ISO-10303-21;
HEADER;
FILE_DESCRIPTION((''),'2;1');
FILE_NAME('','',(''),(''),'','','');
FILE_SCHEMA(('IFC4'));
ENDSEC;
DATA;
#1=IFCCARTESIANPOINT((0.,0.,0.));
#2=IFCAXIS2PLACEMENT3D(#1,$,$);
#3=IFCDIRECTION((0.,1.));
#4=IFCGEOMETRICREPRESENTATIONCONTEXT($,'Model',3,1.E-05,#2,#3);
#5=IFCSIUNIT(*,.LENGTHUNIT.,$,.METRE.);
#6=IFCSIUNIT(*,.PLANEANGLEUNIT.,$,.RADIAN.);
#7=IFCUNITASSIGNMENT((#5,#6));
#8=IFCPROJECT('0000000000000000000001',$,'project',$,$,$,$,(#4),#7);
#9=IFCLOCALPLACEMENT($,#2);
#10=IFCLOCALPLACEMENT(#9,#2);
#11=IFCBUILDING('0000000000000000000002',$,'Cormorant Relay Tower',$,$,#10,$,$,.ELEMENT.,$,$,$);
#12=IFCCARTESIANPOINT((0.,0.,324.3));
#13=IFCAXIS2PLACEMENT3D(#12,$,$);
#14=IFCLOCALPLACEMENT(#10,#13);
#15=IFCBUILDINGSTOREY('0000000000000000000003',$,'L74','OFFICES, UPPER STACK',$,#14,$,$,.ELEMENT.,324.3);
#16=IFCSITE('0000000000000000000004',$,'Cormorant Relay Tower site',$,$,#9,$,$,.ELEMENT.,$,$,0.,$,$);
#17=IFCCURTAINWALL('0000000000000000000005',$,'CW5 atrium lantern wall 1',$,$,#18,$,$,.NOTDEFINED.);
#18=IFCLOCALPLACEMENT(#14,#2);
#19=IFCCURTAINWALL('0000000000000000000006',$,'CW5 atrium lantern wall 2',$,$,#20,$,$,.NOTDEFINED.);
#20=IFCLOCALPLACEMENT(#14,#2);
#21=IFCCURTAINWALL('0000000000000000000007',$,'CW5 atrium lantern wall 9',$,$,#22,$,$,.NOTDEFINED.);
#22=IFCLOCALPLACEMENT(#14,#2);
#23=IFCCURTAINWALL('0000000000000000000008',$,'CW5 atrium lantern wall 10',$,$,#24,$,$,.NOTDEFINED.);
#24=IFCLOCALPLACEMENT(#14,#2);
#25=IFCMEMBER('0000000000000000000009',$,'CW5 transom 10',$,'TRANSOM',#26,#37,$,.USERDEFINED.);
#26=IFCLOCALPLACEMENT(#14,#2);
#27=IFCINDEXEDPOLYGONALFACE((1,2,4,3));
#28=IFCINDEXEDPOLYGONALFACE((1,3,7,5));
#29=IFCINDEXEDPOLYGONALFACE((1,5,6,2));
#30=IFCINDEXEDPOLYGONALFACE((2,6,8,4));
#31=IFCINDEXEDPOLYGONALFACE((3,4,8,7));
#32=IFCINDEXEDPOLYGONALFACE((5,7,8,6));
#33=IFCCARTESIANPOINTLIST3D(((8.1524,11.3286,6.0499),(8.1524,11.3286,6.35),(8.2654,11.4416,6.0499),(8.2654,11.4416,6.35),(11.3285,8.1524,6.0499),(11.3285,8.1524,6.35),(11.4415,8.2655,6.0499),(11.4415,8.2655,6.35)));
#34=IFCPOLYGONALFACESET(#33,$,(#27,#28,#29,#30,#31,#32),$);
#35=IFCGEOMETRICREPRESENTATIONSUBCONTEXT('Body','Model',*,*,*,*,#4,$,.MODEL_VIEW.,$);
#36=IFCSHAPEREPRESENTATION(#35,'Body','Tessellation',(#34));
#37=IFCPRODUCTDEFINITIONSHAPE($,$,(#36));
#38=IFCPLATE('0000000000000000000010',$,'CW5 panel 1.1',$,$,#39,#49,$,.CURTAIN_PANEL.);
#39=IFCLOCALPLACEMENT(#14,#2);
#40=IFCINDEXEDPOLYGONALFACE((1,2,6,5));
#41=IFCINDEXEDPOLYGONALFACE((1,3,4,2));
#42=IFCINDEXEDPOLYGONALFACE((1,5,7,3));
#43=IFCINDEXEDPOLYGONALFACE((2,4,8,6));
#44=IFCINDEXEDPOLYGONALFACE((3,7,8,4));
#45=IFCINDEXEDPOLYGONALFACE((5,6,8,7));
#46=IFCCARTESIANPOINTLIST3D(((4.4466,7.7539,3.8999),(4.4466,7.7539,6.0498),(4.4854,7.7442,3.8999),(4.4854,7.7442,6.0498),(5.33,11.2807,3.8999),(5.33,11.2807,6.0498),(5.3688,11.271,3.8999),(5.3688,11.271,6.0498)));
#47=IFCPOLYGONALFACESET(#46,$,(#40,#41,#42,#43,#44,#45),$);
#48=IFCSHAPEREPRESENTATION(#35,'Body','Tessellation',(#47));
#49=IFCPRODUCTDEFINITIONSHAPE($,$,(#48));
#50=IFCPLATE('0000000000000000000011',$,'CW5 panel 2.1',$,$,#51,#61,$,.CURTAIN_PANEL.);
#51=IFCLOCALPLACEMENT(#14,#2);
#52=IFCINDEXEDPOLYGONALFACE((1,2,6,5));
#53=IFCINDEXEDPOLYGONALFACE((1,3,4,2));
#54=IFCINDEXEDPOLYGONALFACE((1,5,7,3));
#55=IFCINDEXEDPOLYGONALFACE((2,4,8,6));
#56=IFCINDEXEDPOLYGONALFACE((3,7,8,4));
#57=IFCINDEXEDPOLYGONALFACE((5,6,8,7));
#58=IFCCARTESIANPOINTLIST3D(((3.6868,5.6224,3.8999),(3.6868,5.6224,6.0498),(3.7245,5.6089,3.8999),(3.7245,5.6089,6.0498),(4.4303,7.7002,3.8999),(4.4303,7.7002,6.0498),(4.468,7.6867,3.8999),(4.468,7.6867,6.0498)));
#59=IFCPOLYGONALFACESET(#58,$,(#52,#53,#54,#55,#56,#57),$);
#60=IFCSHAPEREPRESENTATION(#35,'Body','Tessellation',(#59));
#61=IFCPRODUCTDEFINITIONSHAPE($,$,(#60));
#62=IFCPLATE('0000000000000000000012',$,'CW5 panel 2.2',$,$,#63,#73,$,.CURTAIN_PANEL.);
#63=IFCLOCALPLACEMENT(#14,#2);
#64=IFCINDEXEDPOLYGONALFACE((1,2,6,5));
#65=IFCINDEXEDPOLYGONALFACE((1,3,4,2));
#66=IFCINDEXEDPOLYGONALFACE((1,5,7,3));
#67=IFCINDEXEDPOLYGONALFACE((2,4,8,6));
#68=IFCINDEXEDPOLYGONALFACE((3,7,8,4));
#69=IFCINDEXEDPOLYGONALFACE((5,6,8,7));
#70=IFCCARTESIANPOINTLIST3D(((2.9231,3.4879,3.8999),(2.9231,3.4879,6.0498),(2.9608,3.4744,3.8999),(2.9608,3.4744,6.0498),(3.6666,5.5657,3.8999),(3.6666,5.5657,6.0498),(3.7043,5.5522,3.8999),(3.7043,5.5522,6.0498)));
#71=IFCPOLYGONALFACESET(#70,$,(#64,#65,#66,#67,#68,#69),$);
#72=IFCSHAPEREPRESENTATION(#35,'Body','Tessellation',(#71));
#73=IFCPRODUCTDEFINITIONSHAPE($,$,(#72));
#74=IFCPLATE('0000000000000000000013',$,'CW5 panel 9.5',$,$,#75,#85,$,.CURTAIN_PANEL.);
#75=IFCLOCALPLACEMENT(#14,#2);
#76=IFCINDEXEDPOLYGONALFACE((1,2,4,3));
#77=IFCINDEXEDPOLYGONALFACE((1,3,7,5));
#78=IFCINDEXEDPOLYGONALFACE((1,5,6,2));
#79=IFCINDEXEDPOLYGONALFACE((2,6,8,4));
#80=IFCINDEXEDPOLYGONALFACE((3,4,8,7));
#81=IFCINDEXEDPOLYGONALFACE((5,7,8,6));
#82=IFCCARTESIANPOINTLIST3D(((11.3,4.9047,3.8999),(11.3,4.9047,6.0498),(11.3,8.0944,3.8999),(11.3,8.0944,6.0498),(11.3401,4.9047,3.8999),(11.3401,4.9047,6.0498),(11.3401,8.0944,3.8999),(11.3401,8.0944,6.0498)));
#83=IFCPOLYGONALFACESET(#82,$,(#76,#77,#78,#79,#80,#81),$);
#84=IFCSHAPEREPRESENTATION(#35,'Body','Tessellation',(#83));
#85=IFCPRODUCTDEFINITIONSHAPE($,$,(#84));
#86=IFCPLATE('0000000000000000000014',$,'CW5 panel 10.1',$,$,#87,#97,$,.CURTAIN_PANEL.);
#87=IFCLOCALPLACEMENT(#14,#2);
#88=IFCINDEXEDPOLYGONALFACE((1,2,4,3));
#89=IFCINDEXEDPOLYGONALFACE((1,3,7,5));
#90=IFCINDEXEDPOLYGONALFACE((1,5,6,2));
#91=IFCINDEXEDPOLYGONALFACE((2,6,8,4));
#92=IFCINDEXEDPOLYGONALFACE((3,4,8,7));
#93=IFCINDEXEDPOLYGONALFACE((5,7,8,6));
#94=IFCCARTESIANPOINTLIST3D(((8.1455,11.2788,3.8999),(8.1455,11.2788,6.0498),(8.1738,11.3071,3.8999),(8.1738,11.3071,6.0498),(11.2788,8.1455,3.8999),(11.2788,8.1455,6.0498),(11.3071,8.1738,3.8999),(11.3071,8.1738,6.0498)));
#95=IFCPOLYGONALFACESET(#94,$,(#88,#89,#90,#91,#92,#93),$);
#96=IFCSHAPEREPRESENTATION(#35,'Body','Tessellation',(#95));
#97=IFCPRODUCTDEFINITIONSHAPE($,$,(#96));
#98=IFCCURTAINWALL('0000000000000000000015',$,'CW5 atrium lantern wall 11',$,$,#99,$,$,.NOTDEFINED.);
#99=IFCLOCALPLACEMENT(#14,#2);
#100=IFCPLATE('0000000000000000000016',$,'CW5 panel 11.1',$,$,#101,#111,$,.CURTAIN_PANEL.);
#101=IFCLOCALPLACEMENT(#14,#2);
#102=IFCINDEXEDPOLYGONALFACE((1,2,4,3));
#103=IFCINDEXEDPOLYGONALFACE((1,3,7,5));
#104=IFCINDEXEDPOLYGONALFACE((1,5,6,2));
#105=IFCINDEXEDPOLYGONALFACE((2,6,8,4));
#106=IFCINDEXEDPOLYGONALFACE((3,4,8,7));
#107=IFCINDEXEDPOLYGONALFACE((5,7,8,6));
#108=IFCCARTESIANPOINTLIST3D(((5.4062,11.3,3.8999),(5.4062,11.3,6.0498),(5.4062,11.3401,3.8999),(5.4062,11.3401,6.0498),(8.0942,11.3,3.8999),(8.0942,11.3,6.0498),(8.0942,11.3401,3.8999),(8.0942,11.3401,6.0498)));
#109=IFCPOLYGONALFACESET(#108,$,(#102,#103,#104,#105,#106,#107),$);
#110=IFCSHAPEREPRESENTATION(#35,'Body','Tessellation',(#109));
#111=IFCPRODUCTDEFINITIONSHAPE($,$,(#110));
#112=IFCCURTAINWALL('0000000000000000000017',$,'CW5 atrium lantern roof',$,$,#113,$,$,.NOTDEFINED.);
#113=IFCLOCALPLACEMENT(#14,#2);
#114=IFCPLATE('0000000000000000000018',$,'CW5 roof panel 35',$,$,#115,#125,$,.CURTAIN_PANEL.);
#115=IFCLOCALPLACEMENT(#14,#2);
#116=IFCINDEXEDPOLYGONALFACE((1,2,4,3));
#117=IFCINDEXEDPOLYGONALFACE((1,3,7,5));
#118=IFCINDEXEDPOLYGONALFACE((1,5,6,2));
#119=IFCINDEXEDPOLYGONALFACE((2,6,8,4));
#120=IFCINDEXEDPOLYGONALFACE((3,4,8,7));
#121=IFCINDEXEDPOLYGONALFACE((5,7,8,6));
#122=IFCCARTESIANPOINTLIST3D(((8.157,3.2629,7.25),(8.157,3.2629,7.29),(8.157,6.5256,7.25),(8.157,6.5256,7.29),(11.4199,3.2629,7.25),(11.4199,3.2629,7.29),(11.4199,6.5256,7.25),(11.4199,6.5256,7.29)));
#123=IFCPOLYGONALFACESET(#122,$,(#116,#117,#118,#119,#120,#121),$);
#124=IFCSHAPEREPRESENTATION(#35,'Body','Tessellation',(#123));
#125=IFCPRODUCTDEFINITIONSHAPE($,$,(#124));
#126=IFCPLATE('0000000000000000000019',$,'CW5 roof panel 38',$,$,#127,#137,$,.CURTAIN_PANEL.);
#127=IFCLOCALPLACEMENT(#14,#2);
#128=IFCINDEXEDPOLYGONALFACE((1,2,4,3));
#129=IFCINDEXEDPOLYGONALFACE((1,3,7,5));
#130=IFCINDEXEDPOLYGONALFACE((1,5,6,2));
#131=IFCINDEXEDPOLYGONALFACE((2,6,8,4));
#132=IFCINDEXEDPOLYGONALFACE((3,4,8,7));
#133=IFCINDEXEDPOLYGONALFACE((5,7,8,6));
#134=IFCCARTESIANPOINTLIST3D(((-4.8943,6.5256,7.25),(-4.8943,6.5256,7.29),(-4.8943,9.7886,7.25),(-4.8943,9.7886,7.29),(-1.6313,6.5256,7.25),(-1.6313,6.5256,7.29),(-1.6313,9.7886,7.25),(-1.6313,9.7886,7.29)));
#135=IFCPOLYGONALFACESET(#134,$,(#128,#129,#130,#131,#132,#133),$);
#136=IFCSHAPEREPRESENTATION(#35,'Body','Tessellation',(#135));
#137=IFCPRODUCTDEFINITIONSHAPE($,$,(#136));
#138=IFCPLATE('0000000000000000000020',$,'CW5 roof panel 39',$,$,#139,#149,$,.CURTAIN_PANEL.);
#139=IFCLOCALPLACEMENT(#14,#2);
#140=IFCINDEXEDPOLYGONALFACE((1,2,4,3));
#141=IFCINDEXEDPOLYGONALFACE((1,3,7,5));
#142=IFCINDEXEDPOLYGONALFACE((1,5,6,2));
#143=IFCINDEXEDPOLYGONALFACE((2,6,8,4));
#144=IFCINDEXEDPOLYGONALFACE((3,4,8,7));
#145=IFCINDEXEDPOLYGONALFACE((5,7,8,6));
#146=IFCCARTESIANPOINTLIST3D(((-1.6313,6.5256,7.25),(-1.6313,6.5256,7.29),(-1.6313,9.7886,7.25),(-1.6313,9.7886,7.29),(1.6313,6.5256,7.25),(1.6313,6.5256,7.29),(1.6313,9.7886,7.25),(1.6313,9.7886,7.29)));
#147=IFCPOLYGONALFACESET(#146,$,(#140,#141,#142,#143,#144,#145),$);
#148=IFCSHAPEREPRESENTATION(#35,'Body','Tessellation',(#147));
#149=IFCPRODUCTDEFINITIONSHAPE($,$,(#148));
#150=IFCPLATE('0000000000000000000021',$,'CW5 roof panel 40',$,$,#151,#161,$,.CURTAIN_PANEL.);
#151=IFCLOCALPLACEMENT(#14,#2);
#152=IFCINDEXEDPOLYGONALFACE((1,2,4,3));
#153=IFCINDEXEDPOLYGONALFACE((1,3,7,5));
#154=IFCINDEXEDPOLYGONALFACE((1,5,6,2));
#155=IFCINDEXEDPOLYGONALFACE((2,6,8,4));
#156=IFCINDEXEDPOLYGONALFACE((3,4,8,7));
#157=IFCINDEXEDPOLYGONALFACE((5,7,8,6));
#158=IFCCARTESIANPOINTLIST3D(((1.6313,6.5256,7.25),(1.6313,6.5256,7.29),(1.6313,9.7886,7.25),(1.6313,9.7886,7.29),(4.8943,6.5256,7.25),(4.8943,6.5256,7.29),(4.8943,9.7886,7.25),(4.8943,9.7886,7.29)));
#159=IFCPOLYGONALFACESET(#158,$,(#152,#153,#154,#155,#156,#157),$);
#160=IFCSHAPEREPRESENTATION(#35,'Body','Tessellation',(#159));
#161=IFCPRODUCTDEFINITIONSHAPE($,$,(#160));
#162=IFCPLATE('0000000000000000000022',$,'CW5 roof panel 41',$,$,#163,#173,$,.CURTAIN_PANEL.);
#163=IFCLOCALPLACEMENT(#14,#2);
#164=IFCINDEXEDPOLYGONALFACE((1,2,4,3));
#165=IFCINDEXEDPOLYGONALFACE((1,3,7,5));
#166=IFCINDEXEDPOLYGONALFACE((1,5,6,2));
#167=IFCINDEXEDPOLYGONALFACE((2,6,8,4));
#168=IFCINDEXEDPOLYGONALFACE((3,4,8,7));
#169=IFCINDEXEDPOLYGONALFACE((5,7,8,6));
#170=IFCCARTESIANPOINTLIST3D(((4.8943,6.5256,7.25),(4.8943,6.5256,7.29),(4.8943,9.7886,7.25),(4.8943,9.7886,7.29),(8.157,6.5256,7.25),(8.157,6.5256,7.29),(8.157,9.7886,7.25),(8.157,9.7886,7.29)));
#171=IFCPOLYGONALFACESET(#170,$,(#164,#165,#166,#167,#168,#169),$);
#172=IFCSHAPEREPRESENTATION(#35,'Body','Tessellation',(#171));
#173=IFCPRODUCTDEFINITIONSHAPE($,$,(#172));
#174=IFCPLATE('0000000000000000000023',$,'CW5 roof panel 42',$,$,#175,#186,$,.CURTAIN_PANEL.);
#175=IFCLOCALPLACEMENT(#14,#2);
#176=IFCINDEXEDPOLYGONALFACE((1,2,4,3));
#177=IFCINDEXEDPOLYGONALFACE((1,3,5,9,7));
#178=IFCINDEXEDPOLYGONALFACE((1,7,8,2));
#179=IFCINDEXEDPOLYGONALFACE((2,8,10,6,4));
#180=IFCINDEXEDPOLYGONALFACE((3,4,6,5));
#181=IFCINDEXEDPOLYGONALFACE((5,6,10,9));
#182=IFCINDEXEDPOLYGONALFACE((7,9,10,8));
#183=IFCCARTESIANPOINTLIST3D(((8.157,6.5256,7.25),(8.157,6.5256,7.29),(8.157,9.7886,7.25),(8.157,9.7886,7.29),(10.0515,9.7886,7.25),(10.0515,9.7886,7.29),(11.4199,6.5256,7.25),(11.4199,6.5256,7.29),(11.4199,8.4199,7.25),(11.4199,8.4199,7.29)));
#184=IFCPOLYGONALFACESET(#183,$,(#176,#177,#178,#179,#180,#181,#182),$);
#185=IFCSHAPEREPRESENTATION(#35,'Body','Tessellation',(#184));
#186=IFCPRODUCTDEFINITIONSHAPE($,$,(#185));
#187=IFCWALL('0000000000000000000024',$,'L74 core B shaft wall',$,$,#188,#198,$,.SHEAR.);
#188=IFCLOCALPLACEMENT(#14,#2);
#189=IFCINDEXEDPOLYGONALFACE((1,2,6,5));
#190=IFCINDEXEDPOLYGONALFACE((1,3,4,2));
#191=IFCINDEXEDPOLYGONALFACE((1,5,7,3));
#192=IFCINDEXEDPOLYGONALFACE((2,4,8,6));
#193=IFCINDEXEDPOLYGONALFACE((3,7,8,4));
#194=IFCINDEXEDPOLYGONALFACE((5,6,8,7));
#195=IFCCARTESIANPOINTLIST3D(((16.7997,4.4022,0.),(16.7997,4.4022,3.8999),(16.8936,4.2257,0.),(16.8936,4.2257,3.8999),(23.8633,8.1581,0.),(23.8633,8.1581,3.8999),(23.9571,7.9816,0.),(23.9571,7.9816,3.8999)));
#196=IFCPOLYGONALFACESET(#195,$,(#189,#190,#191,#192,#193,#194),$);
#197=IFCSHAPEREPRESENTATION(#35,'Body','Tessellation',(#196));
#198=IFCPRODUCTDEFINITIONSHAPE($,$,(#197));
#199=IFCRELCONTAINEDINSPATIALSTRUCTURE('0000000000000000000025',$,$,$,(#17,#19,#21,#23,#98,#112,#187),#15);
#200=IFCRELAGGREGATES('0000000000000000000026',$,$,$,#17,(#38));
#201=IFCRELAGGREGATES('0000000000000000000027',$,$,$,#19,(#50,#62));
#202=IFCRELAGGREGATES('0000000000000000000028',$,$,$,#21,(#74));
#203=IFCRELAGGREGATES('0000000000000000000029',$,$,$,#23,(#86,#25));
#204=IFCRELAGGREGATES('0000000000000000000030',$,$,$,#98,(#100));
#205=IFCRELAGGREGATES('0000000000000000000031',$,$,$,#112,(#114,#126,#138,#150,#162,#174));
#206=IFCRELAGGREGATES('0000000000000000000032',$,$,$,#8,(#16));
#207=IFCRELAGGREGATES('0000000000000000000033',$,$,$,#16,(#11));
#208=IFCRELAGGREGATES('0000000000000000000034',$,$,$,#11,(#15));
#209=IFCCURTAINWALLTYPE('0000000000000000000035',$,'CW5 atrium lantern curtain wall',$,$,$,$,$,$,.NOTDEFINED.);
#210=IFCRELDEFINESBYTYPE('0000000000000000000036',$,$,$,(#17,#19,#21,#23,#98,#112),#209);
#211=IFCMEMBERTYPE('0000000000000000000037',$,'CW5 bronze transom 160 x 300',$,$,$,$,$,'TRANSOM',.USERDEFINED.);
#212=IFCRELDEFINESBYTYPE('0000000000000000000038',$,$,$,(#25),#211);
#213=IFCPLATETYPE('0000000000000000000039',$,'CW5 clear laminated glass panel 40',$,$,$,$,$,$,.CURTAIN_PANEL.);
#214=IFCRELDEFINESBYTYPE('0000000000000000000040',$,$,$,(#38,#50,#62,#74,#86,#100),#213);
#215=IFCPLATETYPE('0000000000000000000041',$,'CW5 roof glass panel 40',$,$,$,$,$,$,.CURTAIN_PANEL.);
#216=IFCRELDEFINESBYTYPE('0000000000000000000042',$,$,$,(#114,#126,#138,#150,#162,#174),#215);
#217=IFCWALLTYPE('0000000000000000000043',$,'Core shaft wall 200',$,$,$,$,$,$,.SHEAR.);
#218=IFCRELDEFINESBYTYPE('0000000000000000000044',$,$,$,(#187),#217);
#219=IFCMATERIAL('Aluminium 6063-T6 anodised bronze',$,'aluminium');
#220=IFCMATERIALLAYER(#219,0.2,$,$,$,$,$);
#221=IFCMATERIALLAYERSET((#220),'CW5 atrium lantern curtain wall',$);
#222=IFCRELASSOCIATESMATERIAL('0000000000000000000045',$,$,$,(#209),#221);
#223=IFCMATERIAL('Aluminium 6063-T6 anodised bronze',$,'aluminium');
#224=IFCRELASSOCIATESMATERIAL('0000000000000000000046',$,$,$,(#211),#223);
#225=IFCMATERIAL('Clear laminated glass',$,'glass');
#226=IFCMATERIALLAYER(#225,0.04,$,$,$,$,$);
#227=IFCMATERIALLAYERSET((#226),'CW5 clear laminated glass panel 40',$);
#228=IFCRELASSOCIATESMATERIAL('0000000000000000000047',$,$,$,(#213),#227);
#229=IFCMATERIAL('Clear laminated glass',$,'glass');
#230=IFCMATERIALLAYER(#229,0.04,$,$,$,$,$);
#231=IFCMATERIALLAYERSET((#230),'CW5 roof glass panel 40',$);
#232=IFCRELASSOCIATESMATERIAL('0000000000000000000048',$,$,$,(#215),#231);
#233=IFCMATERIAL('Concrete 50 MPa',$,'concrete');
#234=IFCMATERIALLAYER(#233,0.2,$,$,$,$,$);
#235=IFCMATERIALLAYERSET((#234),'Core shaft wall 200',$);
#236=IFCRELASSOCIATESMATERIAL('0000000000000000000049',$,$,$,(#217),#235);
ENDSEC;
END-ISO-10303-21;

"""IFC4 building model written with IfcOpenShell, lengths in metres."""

from ifc_helpers import new_model, si_unit, direction, frame, frame_2d, origin, origin_2d, place, context, subcontext, project, spatial, polyline, rectangle, outline, extrude, material, layer, layer_set, material_profile, profile_set, type_object, element, aggregate, save


model = new_model("IFC4")

# Units and contexts
model_context = context("Model", 3, precision=1e-05, world=origin(), true_north=direction((0.0, 1.0)))
body_context = subcontext(model_context, "Body", "Model", "MODEL_VIEW")
ifc_project = project(units=[si_unit("LENGTHUNIT", "METRE"), si_unit("PLANEANGLEUNIT", "RADIAN")], contexts=[model_context])

# Site, building, storey
site_placement = place(None, origin())
site = spatial("IfcSite", under=ifc_project, at=site_placement, Name="Cormorant Relay Tower site", CompositionType="ELEMENT", RefElevation=0.0)
building_placement = place(site_placement, origin())
building = spatial("IfcBuilding", under=site, at=building_placement, Name="Cormorant Relay Tower", CompositionType="ELEMENT")
storey_placement = place(building_placement, frame((0.0, 0.0, 324.3)))
storey = spatial("IfcBuildingStorey", under=building, at=storey_placement, Name="L74", Description="OFFICES, UPPER STACK", CompositionType="ELEMENT", Elevation=324.3)

# Curtain wall
ifc_material_1 = material(Name="Aluminium 6063-T6 anodised bronze", Category="aluminium")
ifc_layer_1 = layer(ifc_material_1, 0.2)
ifc_layer_set_1 = layer_set([ifc_layer_1], Name="CW5 atrium lantern curtain wall")
curtain_wall_type = type_object("IfcCurtainWallType", Name="CW5 atrium lantern curtain wall", PredefinedType="NOTDEFINED", material=ifc_layer_set_1)
curtain_wall_1_placement = place(storey_placement, origin())
curtain_wall_1 = element("IfcCurtainWall", 1, at=curtain_wall_1_placement, inside=storey, type_object=curtain_wall_type, Name="CW5 atrium lantern wall 1", PredefinedType="NOTDEFINED")

# Curtain wall
curtain_wall_2_placement = place(storey_placement, origin())
curtain_wall_2 = element("IfcCurtainWall", 2, at=curtain_wall_2_placement, inside=storey, type_object=curtain_wall_type, Name="CW5 atrium lantern wall 2", PredefinedType="NOTDEFINED")

# Curtain walls
curtain_wall_3_placement = place(storey_placement, origin())
curtain_wall_3 = element("IfcCurtainWall", 3, at=curtain_wall_3_placement, inside=storey, type_object=curtain_wall_type, Name="CW5 atrium lantern wall 9", PredefinedType="NOTDEFINED")
curtain_wall_4_placement = place(storey_placement, origin())
curtain_wall_4 = element("IfcCurtainWall", 4, at=curtain_wall_4_placement, inside=storey, type_object=curtain_wall_type, Name="CW5 atrium lantern wall 10", PredefinedType="NOTDEFINED")

# Member
ifc_material_2 = material(Name="Aluminium 6063-T6 anodised bronze", Category="aluminium")
ifc_material_profile_1 = material_profile(ifc_material_2, rectangle(XDim=0.1599, YDim=0.3, at=origin_2d()), Name="AL 160x300")
ifc_profile_set_1 = profile_set([ifc_material_profile_1], Name="Aluminium 6063-T6 anodised bronze")
member_type_1 = type_object("IfcMemberType", Name="CW5 bronze transom 160 x 300", ElementType="TRANSOM", PredefinedType="USERDEFINED", material=ifc_profile_set_1)
member_1_placement = place(storey_placement, frame((11.385, 8.209, 6.2), z_axis=(-0.707107, 0.707107, 0.0), x_axis=(-0.707107, -0.707107, 0.0)))
member_1 = element("IfcMember", 5, at=member_1_placement, type_object=member_type_1, Name="CW5 transom 10", ObjectType="TRANSOM", PredefinedType="USERDEFINED", context=body_context, shape_type="SweptSolid", body=[
    extrude(rectangle(XDim=0.1599, YDim=0.3, at=origin_2d()), origin(), (0.0, 0.0, 1.0), 4.4917),
])

# Plates
ifc_material_3 = material(Name="Clear laminated glass", Category="glass")
ifc_layer_2 = layer(ifc_material_3, 0.04)
ifc_layer_set_2 = layer_set([ifc_layer_2], Name="CW5 clear laminated glass panel 40")
plate_type_1 = type_object("IfcPlateType", Name="CW5 clear laminated glass panel 40", PredefinedType="CURTAIN_PANEL", material=ifc_layer_set_2)
plate_1_placement = place(storey_placement, frame((4.9077, 9.5125, 3.8999), z_axis=(0.0, 0.0, 1.0), x_axis=(-0.24298, -0.970031, 0.0)))
plate_1 = element("IfcPlate", 6, at=plate_1_placement, type_object=plate_type_1, Name="CW5 panel 1.1", PredefinedType="CURTAIN_PANEL", context=body_context, shape_type="SweptSolid", body=[
    extrude(rectangle(XDim=3.6357, YDim=0.04, at=origin_2d()), origin(), (0.0, 0.0, 1.0), 2.1499),
])
aggregate(curtain_wall_1, [plate_1])
plate_2_placement = place(storey_placement, frame((4.0774, 6.6545, 3.8999), z_axis=(0.0, 0.0, 1.0), x_axis=(-0.33689, -0.941544, 0.0)))
plate_2 = element("IfcPlate", 7, at=plate_2_placement, type_object=plate_type_1, Name="CW5 panel 2.1", PredefinedType="CURTAIN_PANEL", context=body_context, shape_type="SweptSolid", body=[
    extrude(rectangle(XDim=2.2068, YDim=0.04, at=origin_2d()), origin(), (0.0, 0.0, 1.0), 2.1499),
])
plate_3_placement = place(storey_placement, frame((3.3137, 4.52, 3.8999), z_axis=(0.0, 0.0, 1.0), x_axis=(-0.33689, -0.941544, 0.0)))
plate_3 = element("IfcPlate", 8, at=plate_3_placement, type_object=plate_type_1, Name="CW5 panel 2.2", PredefinedType="CURTAIN_PANEL", context=body_context, shape_type="SweptSolid", body=[
    extrude(rectangle(XDim=2.2068, YDim=0.04, at=origin_2d()), origin(), (0.0, 0.0, 1.0), 2.1499),
])
aggregate(curtain_wall_2, [plate_2, plate_3])
plate_4_placement = place(storey_placement, frame((11.3201, 6.4995, 3.8999), z_axis=(0.0, 0.0, 1.0), x_axis=(0.0, 1.0, 0.0)))
plate_4 = element("IfcPlate", 9, at=plate_4_placement, type_object=plate_type_1, Name="CW5 panel 9.5", PredefinedType="CURTAIN_PANEL", context=body_context, shape_type="SweptSolid", body=[
    extrude(rectangle(XDim=3.1897, YDim=0.04, at=origin_2d()), origin(), (0.0, 0.0, 1.0), 2.1499),
])
aggregate(curtain_wall_3, [plate_4])
plate_5_placement = place(storey_placement, frame((9.7263, 9.7263, 3.8999), z_axis=(0.0, 0.0, 1.0), x_axis=(-0.707107, 0.707107, 0.0)))
plate_5 = element("IfcPlate", 10, at=plate_5_placement, type_object=plate_type_1, Name="CW5 panel 10.1", PredefinedType="CURTAIN_PANEL", context=body_context, shape_type="SweptSolid", body=[
    extrude(rectangle(XDim=4.4312, YDim=0.04, at=origin_2d()), origin(), (0.0, 0.0, 1.0), 2.1499),
])
aggregate(curtain_wall_4, [plate_5, member_1])

# Curtain wall, plate
curtain_wall_5_placement = place(storey_placement, origin())
curtain_wall_5 = element("IfcCurtainWall", 11, at=curtain_wall_5_placement, inside=storey, type_object=curtain_wall_type, Name="CW5 atrium lantern wall 11", PredefinedType="NOTDEFINED")
plate_6_placement = place(storey_placement, frame((6.7502, 11.3201, 3.8999), z_axis=(0.0, 0.0, 1.0), x_axis=(-1.0, 0.0, 0.0)))
plate_6 = element("IfcPlate", 12, at=plate_6_placement, type_object=plate_type_1, Name="CW5 panel 11.1", PredefinedType="CURTAIN_PANEL", context=body_context, shape_type="SweptSolid", body=[
    extrude(rectangle(XDim=2.688, YDim=0.04, at=origin_2d()), origin(), (0.0, 0.0, 1.0), 2.1499),
])
aggregate(curtain_wall_5, [plate_6])

# Curtain wall, plates
curtain_wall_6_placement = place(storey_placement, origin())
curtain_wall_6 = element("IfcCurtainWall", 13, at=curtain_wall_6_placement, inside=storey, type_object=curtain_wall_type, Name="CW5 atrium lantern roof", PredefinedType="NOTDEFINED")
ifc_material_4 = material(Name="Clear laminated glass", Category="glass")
ifc_layer_3 = layer(ifc_material_4, 0.04)
ifc_layer_set_3 = layer_set([ifc_layer_3], Name="CW5 roof glass panel 40")
plate_type_2 = type_object("IfcPlateType", Name="CW5 roof glass panel 40", PredefinedType="CURTAIN_PANEL", material=ifc_layer_set_3)
plate_7_placement = place(storey_placement, frame((11.4199, 6.5256, 7.29), z_axis=(0.0, 0.0, 1.0), x_axis=(-1.0, 0.0, 0.0)))
plate_7 = element("IfcPlate", 14, at=plate_7_placement, type_object=plate_type_2, Name="CW5 roof panel 35", PredefinedType="CURTAIN_PANEL", context=body_context, shape_type="SweptSolid", body=[
    extrude(outline(polyline([(0.0, 0.0), (3.2629, 0.0), (3.2629, 3.2627), (0.0, 3.2627), (0.0, 0.0)])), origin(), (0.0, 0.0, -1.0), 0.04),
])
plate_8_placement = place(storey_placement, frame((-1.6313, 6.5256, 7.29), z_axis=(0.0, 0.0, 1.0), x_axis=(0.0, 1.0, 0.0)))
plate_8 = element("IfcPlate", 15, at=plate_8_placement, type_object=plate_type_2, Name="CW5 roof panel 38", PredefinedType="CURTAIN_PANEL", context=body_context, shape_type="SweptSolid", body=[
    extrude(outline(polyline([(0.0, 0.0), (3.2629, 0.0), (3.2629, 3.2629), (0.0, 3.2629), (0.0, 0.0)])), origin(), (0.0, 0.0, -1.0), 0.04),
])
plate_9_placement = place(storey_placement, frame((1.6313, 6.5256, 7.29), z_axis=(0.0, 0.0, 1.0), x_axis=(0.0, 1.0, 0.0)))
plate_9 = element("IfcPlate", 16, at=plate_9_placement, type_object=plate_type_2, Name="CW5 roof panel 39", PredefinedType="CURTAIN_PANEL", context=body_context, shape_type="SweptSolid", body=[
    extrude(outline(polyline([(0.0, 0.0), (3.2629, 0.0), (3.2629, 3.2627), (0.0, 3.2627), (0.0, 0.0)])), origin(), (0.0, 0.0, -1.0), 0.04),
])
plate_10_placement = place(storey_placement, frame((4.8943, 6.5256, 7.29), z_axis=(0.0, 0.0, 1.0), x_axis=(0.0, 1.0, 0.0)))
plate_10 = element("IfcPlate", 17, at=plate_10_placement, type_object=plate_type_2, Name="CW5 roof panel 40", PredefinedType="CURTAIN_PANEL", context=body_context, shape_type="SweptSolid", body=[
    extrude(outline(polyline([(0.0, 0.0), (3.2629, 0.0), (3.2629, 3.2629), (0.0, 3.2629), (0.0, 0.0)])), origin(), (0.0, 0.0, -1.0), 0.04),
])
plate_11_placement = place(storey_placement, frame((8.157, 6.5256, 7.29), z_axis=(0.0, 0.0, 1.0), x_axis=(0.0, 1.0, 0.0)))
plate_11 = element("IfcPlate", 18, at=plate_11_placement, type_object=plate_type_2, Name="CW5 roof panel 41", PredefinedType="CURTAIN_PANEL", context=body_context, shape_type="SweptSolid", body=[
    extrude(outline(polyline([(0.0, 0.0), (3.2629, 0.0), (3.2629, 3.2627), (0.0, 3.2627), (0.0, 0.0)])), origin(), (0.0, 0.0, -1.0), 0.04),
])
plate_12_placement = place(storey_placement, frame((11.4199, 8.4199, 7.29), z_axis=(0.0, 0.0, 1.0), x_axis=(-0.707044, 0.70717, 0.0)))
plate_12 = element("IfcPlate", 19, at=plate_12_placement, type_object=plate_type_2, Name="CW5 roof panel 42", PredefinedType="CURTAIN_PANEL", context=body_context, shape_type="SweptSolid", body=[
    extrude(outline(polyline([(0.0, 0.0), (1.9354, 0.0), (3.2749, 1.3398), (0.9675, 3.6468), (-1.3396, 1.3393), (0.0, 0.0)])), origin(), (0.0, 0.0, -1.0), 0.04),
])
aggregate(curtain_wall_6, [plate_7, plate_8, plate_9, plate_10, plate_11, plate_12])

# Wall
ifc_material_5 = material(Name="Concrete 50 MPa", Category="concrete")
ifc_layer_4 = layer(ifc_material_5, 0.2)
ifc_layer_set_4 = layer_set([ifc_layer_4], Name="Core shaft wall 200")
wall_type_1 = type_object("IfcWallType", Name="Core shaft wall 200", PredefinedType="SHEAR", material=ifc_layer_set_4)
wall_1_placement = place(storey_placement, frame((16.8467, 4.314, 0.0), z_axis=(0.0, 0.0, 1.0), x_axis=(0.88294, 0.469485, 0.0)))
element("IfcWall", 20, at=wall_1_placement, inside=storey, type_object=wall_type_1, Name="L74 core B shaft wall", PredefinedType="SHEAR", context=body_context, shape_type="SweptSolid", body=[
    extrude(rectangle(XDim=8.0, YDim=0.2, at=frame_2d((4.0, 0.0))), origin(), (0.0, 0.0, 1.0), 3.8999),
])

save(model, "model.ifc")
